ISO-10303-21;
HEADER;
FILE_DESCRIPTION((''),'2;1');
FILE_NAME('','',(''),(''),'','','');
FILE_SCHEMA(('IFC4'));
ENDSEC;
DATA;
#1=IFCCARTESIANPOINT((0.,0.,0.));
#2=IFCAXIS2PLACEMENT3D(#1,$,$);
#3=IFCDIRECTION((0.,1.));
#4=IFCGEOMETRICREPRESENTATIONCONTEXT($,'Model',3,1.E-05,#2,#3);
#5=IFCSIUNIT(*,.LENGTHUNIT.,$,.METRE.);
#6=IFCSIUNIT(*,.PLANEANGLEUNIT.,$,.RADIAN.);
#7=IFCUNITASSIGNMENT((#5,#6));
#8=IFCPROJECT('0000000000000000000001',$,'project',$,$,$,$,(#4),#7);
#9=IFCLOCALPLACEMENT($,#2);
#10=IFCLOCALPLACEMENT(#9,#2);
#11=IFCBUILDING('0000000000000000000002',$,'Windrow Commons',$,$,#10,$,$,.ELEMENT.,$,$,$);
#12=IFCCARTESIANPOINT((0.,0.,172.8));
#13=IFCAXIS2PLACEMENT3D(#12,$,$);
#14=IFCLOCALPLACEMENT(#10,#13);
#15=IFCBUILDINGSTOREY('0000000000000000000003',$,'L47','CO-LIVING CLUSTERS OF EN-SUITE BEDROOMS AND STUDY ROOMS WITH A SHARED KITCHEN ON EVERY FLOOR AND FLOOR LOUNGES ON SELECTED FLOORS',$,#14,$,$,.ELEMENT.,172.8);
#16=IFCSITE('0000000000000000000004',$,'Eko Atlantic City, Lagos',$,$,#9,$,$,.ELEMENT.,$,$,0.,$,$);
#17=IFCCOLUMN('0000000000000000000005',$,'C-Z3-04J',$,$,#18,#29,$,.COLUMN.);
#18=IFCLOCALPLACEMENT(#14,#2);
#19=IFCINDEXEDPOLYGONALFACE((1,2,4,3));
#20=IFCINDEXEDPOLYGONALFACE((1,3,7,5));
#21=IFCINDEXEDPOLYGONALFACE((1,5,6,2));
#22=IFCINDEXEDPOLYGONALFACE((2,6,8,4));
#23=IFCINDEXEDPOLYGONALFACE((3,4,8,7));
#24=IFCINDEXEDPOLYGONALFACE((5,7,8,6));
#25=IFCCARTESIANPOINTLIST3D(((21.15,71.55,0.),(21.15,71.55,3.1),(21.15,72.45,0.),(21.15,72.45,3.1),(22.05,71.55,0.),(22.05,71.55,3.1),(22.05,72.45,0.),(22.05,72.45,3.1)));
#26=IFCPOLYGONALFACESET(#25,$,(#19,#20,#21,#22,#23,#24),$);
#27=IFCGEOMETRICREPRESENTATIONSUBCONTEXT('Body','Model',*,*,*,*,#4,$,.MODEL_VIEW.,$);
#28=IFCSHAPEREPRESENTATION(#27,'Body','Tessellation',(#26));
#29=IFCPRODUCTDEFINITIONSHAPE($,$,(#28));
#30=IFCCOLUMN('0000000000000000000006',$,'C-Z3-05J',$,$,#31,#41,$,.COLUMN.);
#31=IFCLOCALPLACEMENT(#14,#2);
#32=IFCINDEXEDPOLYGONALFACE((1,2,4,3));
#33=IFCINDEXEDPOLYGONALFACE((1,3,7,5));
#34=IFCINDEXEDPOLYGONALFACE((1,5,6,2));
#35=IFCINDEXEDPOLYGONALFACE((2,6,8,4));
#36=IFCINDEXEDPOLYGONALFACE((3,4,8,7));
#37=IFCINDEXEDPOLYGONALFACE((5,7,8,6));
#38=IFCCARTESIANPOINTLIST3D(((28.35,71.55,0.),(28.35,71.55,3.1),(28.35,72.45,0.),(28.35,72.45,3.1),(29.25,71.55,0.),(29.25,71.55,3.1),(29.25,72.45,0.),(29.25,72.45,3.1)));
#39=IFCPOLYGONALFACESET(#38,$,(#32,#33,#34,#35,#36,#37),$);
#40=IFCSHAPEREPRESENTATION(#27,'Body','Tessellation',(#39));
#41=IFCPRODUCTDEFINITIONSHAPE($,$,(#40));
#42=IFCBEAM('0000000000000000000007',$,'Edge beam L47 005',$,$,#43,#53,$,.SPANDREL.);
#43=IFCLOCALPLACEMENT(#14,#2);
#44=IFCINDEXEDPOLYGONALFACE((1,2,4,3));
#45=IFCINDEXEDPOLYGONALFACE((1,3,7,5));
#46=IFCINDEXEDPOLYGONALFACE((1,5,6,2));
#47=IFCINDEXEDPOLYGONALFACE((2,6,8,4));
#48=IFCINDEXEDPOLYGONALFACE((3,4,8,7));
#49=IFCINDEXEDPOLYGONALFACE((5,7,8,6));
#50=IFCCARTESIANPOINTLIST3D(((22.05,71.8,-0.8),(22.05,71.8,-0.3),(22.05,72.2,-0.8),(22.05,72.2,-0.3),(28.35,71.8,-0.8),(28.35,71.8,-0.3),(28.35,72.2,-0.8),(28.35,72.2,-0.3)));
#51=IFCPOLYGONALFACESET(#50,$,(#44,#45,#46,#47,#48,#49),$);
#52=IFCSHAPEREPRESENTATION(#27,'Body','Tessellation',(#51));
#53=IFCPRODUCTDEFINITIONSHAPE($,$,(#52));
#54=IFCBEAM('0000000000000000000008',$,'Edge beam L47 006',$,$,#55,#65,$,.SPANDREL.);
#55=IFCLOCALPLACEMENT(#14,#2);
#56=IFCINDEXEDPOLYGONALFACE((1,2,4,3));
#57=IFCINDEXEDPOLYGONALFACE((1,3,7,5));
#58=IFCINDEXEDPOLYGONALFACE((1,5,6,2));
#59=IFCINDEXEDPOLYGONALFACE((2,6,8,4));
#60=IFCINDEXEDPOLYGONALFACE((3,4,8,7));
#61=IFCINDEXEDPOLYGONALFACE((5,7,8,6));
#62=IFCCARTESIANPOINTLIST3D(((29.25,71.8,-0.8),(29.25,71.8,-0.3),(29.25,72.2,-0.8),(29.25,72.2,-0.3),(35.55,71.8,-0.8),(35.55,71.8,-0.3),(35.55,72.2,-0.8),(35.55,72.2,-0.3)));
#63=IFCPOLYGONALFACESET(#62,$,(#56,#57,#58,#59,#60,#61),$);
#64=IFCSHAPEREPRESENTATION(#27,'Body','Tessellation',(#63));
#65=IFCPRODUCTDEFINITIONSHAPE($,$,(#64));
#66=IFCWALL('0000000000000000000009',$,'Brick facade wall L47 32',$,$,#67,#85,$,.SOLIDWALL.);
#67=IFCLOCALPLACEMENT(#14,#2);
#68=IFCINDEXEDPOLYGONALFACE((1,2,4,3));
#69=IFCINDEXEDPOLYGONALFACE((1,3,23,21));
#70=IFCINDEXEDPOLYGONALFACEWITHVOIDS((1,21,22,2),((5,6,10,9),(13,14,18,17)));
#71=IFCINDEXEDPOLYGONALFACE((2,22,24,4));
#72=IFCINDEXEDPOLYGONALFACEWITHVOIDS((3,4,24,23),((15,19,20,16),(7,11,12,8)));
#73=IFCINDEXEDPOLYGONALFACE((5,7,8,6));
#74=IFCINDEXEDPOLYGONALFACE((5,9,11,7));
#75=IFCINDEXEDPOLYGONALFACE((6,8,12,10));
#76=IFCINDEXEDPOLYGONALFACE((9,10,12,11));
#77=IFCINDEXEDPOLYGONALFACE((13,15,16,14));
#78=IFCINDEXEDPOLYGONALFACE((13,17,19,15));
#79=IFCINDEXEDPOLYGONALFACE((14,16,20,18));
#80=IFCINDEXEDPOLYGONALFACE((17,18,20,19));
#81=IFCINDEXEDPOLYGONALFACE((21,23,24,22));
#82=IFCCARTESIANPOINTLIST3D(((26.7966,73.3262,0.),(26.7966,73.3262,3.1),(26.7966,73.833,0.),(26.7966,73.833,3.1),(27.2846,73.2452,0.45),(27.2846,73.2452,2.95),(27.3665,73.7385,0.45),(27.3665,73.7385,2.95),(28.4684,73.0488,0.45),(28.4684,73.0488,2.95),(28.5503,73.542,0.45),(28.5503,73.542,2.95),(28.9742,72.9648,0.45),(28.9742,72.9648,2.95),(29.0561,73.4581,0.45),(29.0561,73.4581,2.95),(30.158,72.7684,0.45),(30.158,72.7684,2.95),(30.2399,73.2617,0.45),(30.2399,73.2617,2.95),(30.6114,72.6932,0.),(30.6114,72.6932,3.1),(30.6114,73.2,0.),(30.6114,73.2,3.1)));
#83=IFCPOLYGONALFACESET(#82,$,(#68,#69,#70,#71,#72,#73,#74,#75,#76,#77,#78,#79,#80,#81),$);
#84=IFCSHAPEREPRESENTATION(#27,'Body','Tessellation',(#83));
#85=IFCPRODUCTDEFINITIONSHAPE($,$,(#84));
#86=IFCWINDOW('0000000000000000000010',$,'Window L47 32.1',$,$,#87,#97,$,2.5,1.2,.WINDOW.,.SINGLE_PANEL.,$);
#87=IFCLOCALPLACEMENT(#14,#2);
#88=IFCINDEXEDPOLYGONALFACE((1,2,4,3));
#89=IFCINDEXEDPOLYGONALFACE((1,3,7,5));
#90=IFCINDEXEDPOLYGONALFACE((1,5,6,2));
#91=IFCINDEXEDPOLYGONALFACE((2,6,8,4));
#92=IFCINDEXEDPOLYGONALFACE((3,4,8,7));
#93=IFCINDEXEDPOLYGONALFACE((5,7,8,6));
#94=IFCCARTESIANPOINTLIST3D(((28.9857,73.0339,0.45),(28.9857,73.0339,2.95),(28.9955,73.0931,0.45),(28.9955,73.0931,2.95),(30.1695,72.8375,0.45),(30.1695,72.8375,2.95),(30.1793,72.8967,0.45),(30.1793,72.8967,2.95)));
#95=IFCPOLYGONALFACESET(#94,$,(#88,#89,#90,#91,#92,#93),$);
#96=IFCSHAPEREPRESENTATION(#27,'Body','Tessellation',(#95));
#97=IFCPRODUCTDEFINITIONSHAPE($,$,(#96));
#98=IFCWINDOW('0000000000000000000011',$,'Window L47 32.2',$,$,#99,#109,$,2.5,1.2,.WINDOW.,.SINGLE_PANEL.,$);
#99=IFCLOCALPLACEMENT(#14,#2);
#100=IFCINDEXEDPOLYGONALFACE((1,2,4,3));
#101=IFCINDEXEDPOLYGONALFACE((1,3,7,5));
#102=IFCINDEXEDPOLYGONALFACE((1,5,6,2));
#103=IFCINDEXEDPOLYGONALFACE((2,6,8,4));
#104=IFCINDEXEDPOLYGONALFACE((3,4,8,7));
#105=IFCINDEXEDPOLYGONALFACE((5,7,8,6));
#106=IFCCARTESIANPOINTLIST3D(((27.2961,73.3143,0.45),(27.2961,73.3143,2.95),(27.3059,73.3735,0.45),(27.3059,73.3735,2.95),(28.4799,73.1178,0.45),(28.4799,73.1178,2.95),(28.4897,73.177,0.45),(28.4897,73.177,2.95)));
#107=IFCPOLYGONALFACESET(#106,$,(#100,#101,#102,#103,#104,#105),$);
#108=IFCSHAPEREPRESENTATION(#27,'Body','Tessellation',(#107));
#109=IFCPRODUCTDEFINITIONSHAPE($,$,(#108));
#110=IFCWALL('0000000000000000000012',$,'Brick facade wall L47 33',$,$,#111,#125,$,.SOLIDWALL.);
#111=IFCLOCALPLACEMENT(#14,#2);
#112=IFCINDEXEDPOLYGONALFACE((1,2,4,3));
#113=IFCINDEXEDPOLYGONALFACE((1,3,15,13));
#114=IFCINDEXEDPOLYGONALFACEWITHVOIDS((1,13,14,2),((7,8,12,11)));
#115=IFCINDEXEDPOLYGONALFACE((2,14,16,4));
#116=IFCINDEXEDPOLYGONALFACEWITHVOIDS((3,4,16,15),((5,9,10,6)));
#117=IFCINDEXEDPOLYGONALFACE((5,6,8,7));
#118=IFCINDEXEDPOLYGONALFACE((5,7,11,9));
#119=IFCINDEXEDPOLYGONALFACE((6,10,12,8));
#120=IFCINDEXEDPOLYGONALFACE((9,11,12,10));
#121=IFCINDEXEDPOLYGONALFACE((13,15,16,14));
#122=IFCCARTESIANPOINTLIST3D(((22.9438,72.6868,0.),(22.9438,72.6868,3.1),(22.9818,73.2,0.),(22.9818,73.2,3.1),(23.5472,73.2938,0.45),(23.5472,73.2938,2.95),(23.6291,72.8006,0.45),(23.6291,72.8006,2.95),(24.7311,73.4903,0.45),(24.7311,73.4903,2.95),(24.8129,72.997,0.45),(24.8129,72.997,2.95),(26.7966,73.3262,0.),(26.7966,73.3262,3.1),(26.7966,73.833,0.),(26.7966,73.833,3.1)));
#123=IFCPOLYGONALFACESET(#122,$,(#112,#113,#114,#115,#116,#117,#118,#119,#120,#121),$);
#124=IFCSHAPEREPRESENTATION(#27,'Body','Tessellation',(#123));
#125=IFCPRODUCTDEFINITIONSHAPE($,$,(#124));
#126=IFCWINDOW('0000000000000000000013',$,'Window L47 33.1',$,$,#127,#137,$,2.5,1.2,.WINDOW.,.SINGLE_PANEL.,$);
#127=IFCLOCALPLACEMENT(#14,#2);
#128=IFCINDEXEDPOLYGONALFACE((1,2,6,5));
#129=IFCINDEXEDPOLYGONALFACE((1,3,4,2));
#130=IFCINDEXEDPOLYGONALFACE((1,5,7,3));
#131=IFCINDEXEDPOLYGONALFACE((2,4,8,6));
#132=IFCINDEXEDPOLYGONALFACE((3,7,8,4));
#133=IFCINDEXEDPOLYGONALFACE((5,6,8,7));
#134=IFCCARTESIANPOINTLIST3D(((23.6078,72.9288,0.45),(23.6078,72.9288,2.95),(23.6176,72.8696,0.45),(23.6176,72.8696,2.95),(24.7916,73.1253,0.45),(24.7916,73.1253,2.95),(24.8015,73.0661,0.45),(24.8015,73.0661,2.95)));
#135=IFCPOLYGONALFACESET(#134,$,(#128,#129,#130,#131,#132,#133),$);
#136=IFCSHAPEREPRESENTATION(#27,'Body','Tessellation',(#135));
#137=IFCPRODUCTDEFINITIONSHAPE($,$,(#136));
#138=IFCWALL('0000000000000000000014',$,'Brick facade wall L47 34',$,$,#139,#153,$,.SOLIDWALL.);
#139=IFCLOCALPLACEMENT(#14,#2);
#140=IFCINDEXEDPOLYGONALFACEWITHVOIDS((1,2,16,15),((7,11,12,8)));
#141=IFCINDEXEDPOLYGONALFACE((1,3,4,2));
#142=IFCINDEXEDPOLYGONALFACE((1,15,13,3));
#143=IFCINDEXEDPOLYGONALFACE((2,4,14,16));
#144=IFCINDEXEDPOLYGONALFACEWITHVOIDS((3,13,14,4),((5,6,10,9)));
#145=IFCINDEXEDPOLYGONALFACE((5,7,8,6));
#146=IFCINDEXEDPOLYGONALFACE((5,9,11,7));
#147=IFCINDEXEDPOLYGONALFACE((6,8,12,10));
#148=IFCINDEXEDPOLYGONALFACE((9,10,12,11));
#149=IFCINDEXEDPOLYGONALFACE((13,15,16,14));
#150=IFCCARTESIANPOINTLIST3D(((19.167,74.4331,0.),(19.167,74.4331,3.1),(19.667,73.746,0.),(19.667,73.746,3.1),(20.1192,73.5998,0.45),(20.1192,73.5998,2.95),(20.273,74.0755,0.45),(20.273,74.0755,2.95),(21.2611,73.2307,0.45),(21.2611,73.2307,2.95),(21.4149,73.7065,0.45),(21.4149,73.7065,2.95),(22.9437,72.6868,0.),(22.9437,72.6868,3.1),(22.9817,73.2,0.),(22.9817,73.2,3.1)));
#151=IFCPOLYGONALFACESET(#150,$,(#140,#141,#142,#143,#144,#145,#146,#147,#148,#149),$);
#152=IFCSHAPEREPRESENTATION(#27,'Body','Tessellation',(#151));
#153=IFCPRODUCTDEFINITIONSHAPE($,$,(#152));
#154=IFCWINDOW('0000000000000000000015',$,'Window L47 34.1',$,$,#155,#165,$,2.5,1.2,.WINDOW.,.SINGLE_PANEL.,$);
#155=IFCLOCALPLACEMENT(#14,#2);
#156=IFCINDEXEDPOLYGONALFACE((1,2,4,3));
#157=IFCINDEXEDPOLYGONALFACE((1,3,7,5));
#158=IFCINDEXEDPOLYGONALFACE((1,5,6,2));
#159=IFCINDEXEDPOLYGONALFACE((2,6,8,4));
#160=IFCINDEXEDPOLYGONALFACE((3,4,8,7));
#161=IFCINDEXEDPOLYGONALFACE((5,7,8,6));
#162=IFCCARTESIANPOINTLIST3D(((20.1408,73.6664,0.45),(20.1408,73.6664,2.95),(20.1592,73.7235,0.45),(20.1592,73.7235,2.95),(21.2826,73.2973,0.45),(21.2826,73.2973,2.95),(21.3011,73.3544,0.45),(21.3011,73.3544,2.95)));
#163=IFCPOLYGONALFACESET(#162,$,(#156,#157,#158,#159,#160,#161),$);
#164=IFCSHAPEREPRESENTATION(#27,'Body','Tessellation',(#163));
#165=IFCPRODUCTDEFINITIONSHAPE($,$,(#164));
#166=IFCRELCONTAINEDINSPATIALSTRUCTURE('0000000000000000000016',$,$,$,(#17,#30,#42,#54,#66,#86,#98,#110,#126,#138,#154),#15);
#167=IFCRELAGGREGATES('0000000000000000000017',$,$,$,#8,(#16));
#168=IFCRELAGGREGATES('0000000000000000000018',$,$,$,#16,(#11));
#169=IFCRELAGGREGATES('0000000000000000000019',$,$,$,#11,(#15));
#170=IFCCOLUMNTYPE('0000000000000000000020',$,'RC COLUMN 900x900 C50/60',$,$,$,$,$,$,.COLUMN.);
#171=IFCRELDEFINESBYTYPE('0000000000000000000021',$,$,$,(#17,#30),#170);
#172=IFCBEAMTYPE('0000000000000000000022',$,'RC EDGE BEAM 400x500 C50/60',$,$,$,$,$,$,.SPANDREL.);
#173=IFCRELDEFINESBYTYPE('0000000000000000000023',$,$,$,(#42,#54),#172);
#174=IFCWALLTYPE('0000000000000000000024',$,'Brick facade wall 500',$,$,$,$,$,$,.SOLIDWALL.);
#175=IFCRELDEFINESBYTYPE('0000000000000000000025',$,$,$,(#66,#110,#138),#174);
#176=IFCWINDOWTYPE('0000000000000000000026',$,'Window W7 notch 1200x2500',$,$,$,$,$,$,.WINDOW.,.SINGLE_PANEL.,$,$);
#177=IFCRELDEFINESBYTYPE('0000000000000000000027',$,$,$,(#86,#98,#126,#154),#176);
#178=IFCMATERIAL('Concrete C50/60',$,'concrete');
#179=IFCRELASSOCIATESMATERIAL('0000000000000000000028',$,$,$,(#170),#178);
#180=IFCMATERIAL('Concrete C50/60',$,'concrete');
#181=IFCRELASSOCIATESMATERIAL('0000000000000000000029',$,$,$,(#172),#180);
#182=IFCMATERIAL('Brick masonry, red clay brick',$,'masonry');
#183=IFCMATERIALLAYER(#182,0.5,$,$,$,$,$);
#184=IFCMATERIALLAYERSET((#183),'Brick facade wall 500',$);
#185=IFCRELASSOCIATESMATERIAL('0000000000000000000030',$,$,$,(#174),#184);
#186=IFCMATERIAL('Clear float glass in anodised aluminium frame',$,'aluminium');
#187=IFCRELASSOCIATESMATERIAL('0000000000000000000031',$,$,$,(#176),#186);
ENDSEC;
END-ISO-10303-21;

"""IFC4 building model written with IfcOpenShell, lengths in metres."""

from ifc_helpers import new_model, si_unit, direction, frame, frame_2d, origin, origin_2d, place, context, subcontext, project, spatial, polyline, rectangle, outline, extrude, material, layer, layer_set, material_profile, profile_set, type_object, element, fill, save


model = new_model("IFC4")

# Units and contexts
model_context = context("Model", 3, precision=1e-05, world=origin(), true_north=direction((0.0, 1.0)))
body_context = subcontext(model_context, "Body", "Model", "MODEL_VIEW")
ifc_project = project(units=[si_unit("LENGTHUNIT", "METRE"), si_unit("PLANEANGLEUNIT", "RADIAN")], contexts=[model_context])

# Site, building, storey
site_placement = place(None, origin())
site = spatial("IfcSite", under=ifc_project, at=site_placement, Name="Eko Atlantic City, Lagos", CompositionType="ELEMENT", RefElevation=0.0)
building_placement = place(site_placement, origin())
building = spatial("IfcBuilding", under=site, at=building_placement, Name="Windrow Commons", CompositionType="ELEMENT")
storey_placement = place(building_placement, frame((0.0, 0.0, 172.8)))
storey = spatial("IfcBuildingStorey", under=building, at=storey_placement, Name="L47", Description="CO-LIVING CLUSTERS OF EN-SUITE BEDROOMS AND STUDY ROOMS WITH A SHARED KITCHEN ON EVERY FLOOR AND FLOOR LOUNGES ON SELECTED FLOORS", CompositionType="ELEMENT", Elevation=172.8)

# Columns
ifc_material_1 = material(Name="Concrete C50/60", Category="concrete")
ifc_material_profile_1 = material_profile(ifc_material_1, rectangle(XDim=0.9, YDim=0.9, at=origin_2d()))
ifc_profile_set_1 = profile_set([ifc_material_profile_1], Name="Concrete C50/60")
column_type = type_object("IfcColumnType", Name="RC COLUMN 900x900 C50/60", PredefinedType="COLUMN", material=ifc_profile_set_1)
for number, where, z_axis, x_axis, name in (
    (1, (21.6, 72.0, 0.0), (0.0, 0.0, 1.0), (1.0, 0.0, 0.0), "C-Z3-04J"),
    (2, (28.8, 72.0, 0.0), (0.0, 0.0, 1.0), (1.0, 0.0, 0.0), "C-Z3-05J"),
):
    element("IfcColumn", number, at=place(storey_placement, frame(where, z_axis=z_axis, x_axis=x_axis)), inside=storey, type_object=column_type, Name=name, PredefinedType="COLUMN", context=body_context, shape_type="SweptSolid", body=[
        extrude(rectangle(XDim=0.9, YDim=0.9, at=origin_2d()), origin(), (0.0, 0.0, 1.0), 3.1),
    ])

# Beams
ifc_material_2 = material(Name="Concrete C50/60", Category="concrete")
ifc_material_profile_2 = material_profile(ifc_material_2, rectangle(XDim=0.4, YDim=0.5, at=origin_2d()))
ifc_profile_set_2 = profile_set([ifc_material_profile_2], Name="Concrete C50/60")
beam_type = type_object("IfcBeamType", Name="RC EDGE BEAM 400x500 C50/60", PredefinedType="SPANDREL", material=ifc_profile_set_2)
for number, where, z_axis, x_axis, name in (
    (3, (22.05, 72.0, -0.55), (1.0, 0.0, 0.0), (0.0, 1.0, 0.0), "Edge beam L47 005"),
    (4, (29.25, 72.0, -0.55), (1.0, 0.0, 0.0), (0.0, 1.0, 0.0), "Edge beam L47 006"),
):
    element("IfcBeam", number, at=place(storey_placement, frame(where, z_axis=z_axis, x_axis=x_axis)), inside=storey, type_object=beam_type, Name=name, PredefinedType="SPANDREL", context=body_context, shape_type="SweptSolid", body=[
        extrude(rectangle(XDim=0.4, YDim=0.5, at=origin_2d()), origin(), (0.0, 0.0, 1.0), 6.3),
    ])

# Wall, openings, windows
ifc_material_3 = material(Name="Brick masonry, red clay brick", Category="masonry")
ifc_layer_1 = layer(ifc_material_3, 0.5)
ifc_layer_set_1 = layer_set([ifc_layer_1], Name="Brick facade wall 500")
wall_type_1 = type_object("IfcWallType", Name="Brick facade wall 500", PredefinedType="SOLIDWALL", material=ifc_layer_set_1)
wall_1_placement = place(storey_placement, frame((30.6114, 72.9466, 0.0), z_axis=(0.0, 0.0, 1.0), x_axis=(-0.986511, 0.163694, 0.0)))
wall_1 = element("IfcWall", 5, at=wall_1_placement, inside=storey, type_object=wall_type_1, Name="Brick facade wall L47 32", PredefinedType="SOLIDWALL", context=body_context, shape_type="SweptSolid", body=[
    extrude(outline(polyline([(0.0415, -0.25), (3.9084, -0.25), (3.8255, 0.25), (-0.0415, 0.25), (0.0415, -0.25)])), origin(), (0.0, 0.0, 1.0), 3.1),
])
opening_1_placement = place(wall_1_placement, frame((0.4181, 0.0, 0.45)))
opening_1 = element("IfcOpeningElement", 6, at=opening_1_placement, cuts=wall_1, PredefinedType="OPENING", context=body_context, shape_type="SweptSolid", body=[
    extrude(rectangle(XDim=1.2, YDim=2.5, at=frame_2d((0.6, 1.25))), frame((0.0, 0.26, 0.0), z_axis=(0.0, -1.0, 0.0), x_axis=(1.0, 0.0, 0.0)), (0.0, 0.0, 1.0), 0.52),
])
opening_2_placement = place(wall_1_placement, frame((2.1308, 0.0, 0.45)))
opening_2 = element("IfcOpeningElement", 7, at=opening_2_placement, cuts=wall_1, PredefinedType="OPENING", context=body_context, shape_type="SweptSolid", body=[
    extrude(rectangle(XDim=1.2, YDim=2.5, at=frame_2d((0.6, 1.25))), frame((0.0, 0.26, 0.0), z_axis=(0.0, -1.0, 0.0), x_axis=(1.0, 0.0, 0.0)), (0.0, 0.0, 1.0), 0.52),
])
ifc_material_4 = material(Name="Clear float glass in anodised aluminium frame", Category="aluminium")
window_type_1 = type_object("IfcWindowType", Name="Window W7 notch 1200x2500", PartitioningType="SINGLE_PANEL", PredefinedType="WINDOW", material=ifc_material_4)
window_1_placement = place(opening_1_placement, origin())
window_1 = element("IfcWindow", 8, at=window_1_placement, inside=storey, type_object=window_type_1, Name="Window L47 32.1", OverallHeight=2.5, OverallWidth=1.2, PartitioningType="SINGLE_PANEL", PredefinedType="WINDOW", context=body_context, shape_type="SweptSolid", body=[
    extrude(rectangle(XDim=1.2, YDim=2.5, at=frame_2d((0.6, 1.25))), frame((0.0, 0.18, 0.0), z_axis=(0.0, -1.0, 0.0), x_axis=(1.0, 0.0, 0.0)), (0.0, 0.0, 1.0), 0.06),
])
fill(opening_1, window_1)
window_2_placement = place(opening_2_placement, origin())
window_2 = element("IfcWindow", 9, at=window_2_placement, inside=storey, type_object=window_type_1, Name="Window L47 32.2", OverallHeight=2.5, OverallWidth=1.2, PartitioningType="SINGLE_PANEL", PredefinedType="WINDOW", context=body_context, shape_type="SweptSolid", body=[
    extrude(rectangle(XDim=1.2, YDim=2.5, at=frame_2d((0.6, 1.25))), frame((0.0, 0.18, 0.0), z_axis=(0.0, -1.0, 0.0), x_axis=(1.0, 0.0, 0.0)), (0.0, 0.0, 1.0), 0.06),
])
fill(opening_2, window_2)

# Walls, openings, windows
wall_2_placement = place(storey_placement, frame((26.7966, 73.5796, 0.0), z_axis=(0.0, 0.0, 1.0), x_axis=(-0.98651, -0.163702, 0.0)))
wall_2 = element("IfcWall", 10, at=wall_2_placement, inside=storey, type_object=wall_type_1, Name="Brick facade wall L47 33", PredefinedType="SOLIDWALL", context=body_context, shape_type="SweptSolid", body=[
    extrude(outline(polyline([(-0.0415, -0.25), (3.8255, -0.25), (3.947, 0.25), (0.0415, 0.25), (-0.0415, -0.25)])), origin(), (0.0, 0.0, 1.0), 3.1),
])
opening_3_placement = place(wall_2_placement, frame((2.0523, 0.0, 0.45)))
opening_3 = element("IfcOpeningElement", 11, at=opening_3_placement, cuts=wall_2, PredefinedType="OPENING", context=body_context, shape_type="SweptSolid", body=[
    extrude(rectangle(XDim=1.2, YDim=2.5, at=frame_2d((0.6, 1.25))), frame((0.0, 0.26, 0.0), z_axis=(0.0, -1.0, 0.0), x_axis=(1.0, 0.0, 0.0)), (0.0, 0.0, 1.0), 0.52),
])
window_3_placement = place(opening_3_placement, origin())
window_3 = element("IfcWindow", 12, at=window_3_placement, inside=storey, type_object=window_type_1, Name="Window L47 33.1", OverallHeight=2.5, OverallWidth=1.2, PartitioningType="SINGLE_PANEL", PredefinedType="WINDOW", context=body_context, shape_type="SweptSolid", body=[
    extrude(rectangle(XDim=1.2, YDim=2.5, at=frame_2d((0.6, 1.25))), frame((0.0, 0.18, 0.0), z_axis=(0.0, -1.0, 0.0), x_axis=(1.0, 0.0, 0.0)), (0.0, 0.0, 1.0), 0.06),
])
fill(opening_3, window_3)
wall_3_placement = place(storey_placement, frame((22.9627, 72.9434, 0.0), z_axis=(0.0, 0.0, 1.0), x_axis=(-0.951526, 0.307568, 0.0)))
wall_3 = element("IfcWall", 13, at=wall_3_placement, inside=storey, type_object=wall_type_1, Name="Brick facade wall L47 34", PredefinedType="SOLIDWALL", context=body_context, shape_type="SweptSolid", body=[
    extrude(outline(polyline([(0.0608, -0.25), (4.0699, -0.25), (3.3828, 0.25), (-0.0608, 0.25), (0.0608, -0.25)])), origin(), (0.0, 0.0, 1.0), 3.1),
])
opening_4_placement = place(wall_3_placement, frame((1.7075, 0.0, 0.45)))
opening_4 = element("IfcOpeningElement", 14, at=opening_4_placement, cuts=wall_3, PredefinedType="OPENING", context=body_context, shape_type="SweptSolid", body=[
    extrude(rectangle(XDim=1.2, YDim=2.5, at=frame_2d((0.6, 1.25))), frame((0.0, 0.26, 0.0), z_axis=(0.0, -1.0, 0.0), x_axis=(1.0, 0.0, 0.0)), (0.0, 0.0, 1.0), 0.52),
])
window_4_placement = place(opening_4_placement, origin())
window_4 = element("IfcWindow", 15, at=window_4_placement, inside=storey, type_object=window_type_1, Name="Window L47 34.1", OverallHeight=2.5, OverallWidth=1.2, PartitioningType="SINGLE_PANEL", PredefinedType="WINDOW", context=body_context, shape_type="SweptSolid", body=[
    extrude(rectangle(XDim=1.2, YDim=2.5, at=frame_2d((0.6, 1.25))), frame((0.0, 0.18, 0.0), z_axis=(0.0, -1.0, 0.0), x_axis=(1.0, 0.0, 0.0)), (0.0, 0.0, 1.0), 0.06),
])
fill(opening_4, window_4)

save(model, "model.ifc")
